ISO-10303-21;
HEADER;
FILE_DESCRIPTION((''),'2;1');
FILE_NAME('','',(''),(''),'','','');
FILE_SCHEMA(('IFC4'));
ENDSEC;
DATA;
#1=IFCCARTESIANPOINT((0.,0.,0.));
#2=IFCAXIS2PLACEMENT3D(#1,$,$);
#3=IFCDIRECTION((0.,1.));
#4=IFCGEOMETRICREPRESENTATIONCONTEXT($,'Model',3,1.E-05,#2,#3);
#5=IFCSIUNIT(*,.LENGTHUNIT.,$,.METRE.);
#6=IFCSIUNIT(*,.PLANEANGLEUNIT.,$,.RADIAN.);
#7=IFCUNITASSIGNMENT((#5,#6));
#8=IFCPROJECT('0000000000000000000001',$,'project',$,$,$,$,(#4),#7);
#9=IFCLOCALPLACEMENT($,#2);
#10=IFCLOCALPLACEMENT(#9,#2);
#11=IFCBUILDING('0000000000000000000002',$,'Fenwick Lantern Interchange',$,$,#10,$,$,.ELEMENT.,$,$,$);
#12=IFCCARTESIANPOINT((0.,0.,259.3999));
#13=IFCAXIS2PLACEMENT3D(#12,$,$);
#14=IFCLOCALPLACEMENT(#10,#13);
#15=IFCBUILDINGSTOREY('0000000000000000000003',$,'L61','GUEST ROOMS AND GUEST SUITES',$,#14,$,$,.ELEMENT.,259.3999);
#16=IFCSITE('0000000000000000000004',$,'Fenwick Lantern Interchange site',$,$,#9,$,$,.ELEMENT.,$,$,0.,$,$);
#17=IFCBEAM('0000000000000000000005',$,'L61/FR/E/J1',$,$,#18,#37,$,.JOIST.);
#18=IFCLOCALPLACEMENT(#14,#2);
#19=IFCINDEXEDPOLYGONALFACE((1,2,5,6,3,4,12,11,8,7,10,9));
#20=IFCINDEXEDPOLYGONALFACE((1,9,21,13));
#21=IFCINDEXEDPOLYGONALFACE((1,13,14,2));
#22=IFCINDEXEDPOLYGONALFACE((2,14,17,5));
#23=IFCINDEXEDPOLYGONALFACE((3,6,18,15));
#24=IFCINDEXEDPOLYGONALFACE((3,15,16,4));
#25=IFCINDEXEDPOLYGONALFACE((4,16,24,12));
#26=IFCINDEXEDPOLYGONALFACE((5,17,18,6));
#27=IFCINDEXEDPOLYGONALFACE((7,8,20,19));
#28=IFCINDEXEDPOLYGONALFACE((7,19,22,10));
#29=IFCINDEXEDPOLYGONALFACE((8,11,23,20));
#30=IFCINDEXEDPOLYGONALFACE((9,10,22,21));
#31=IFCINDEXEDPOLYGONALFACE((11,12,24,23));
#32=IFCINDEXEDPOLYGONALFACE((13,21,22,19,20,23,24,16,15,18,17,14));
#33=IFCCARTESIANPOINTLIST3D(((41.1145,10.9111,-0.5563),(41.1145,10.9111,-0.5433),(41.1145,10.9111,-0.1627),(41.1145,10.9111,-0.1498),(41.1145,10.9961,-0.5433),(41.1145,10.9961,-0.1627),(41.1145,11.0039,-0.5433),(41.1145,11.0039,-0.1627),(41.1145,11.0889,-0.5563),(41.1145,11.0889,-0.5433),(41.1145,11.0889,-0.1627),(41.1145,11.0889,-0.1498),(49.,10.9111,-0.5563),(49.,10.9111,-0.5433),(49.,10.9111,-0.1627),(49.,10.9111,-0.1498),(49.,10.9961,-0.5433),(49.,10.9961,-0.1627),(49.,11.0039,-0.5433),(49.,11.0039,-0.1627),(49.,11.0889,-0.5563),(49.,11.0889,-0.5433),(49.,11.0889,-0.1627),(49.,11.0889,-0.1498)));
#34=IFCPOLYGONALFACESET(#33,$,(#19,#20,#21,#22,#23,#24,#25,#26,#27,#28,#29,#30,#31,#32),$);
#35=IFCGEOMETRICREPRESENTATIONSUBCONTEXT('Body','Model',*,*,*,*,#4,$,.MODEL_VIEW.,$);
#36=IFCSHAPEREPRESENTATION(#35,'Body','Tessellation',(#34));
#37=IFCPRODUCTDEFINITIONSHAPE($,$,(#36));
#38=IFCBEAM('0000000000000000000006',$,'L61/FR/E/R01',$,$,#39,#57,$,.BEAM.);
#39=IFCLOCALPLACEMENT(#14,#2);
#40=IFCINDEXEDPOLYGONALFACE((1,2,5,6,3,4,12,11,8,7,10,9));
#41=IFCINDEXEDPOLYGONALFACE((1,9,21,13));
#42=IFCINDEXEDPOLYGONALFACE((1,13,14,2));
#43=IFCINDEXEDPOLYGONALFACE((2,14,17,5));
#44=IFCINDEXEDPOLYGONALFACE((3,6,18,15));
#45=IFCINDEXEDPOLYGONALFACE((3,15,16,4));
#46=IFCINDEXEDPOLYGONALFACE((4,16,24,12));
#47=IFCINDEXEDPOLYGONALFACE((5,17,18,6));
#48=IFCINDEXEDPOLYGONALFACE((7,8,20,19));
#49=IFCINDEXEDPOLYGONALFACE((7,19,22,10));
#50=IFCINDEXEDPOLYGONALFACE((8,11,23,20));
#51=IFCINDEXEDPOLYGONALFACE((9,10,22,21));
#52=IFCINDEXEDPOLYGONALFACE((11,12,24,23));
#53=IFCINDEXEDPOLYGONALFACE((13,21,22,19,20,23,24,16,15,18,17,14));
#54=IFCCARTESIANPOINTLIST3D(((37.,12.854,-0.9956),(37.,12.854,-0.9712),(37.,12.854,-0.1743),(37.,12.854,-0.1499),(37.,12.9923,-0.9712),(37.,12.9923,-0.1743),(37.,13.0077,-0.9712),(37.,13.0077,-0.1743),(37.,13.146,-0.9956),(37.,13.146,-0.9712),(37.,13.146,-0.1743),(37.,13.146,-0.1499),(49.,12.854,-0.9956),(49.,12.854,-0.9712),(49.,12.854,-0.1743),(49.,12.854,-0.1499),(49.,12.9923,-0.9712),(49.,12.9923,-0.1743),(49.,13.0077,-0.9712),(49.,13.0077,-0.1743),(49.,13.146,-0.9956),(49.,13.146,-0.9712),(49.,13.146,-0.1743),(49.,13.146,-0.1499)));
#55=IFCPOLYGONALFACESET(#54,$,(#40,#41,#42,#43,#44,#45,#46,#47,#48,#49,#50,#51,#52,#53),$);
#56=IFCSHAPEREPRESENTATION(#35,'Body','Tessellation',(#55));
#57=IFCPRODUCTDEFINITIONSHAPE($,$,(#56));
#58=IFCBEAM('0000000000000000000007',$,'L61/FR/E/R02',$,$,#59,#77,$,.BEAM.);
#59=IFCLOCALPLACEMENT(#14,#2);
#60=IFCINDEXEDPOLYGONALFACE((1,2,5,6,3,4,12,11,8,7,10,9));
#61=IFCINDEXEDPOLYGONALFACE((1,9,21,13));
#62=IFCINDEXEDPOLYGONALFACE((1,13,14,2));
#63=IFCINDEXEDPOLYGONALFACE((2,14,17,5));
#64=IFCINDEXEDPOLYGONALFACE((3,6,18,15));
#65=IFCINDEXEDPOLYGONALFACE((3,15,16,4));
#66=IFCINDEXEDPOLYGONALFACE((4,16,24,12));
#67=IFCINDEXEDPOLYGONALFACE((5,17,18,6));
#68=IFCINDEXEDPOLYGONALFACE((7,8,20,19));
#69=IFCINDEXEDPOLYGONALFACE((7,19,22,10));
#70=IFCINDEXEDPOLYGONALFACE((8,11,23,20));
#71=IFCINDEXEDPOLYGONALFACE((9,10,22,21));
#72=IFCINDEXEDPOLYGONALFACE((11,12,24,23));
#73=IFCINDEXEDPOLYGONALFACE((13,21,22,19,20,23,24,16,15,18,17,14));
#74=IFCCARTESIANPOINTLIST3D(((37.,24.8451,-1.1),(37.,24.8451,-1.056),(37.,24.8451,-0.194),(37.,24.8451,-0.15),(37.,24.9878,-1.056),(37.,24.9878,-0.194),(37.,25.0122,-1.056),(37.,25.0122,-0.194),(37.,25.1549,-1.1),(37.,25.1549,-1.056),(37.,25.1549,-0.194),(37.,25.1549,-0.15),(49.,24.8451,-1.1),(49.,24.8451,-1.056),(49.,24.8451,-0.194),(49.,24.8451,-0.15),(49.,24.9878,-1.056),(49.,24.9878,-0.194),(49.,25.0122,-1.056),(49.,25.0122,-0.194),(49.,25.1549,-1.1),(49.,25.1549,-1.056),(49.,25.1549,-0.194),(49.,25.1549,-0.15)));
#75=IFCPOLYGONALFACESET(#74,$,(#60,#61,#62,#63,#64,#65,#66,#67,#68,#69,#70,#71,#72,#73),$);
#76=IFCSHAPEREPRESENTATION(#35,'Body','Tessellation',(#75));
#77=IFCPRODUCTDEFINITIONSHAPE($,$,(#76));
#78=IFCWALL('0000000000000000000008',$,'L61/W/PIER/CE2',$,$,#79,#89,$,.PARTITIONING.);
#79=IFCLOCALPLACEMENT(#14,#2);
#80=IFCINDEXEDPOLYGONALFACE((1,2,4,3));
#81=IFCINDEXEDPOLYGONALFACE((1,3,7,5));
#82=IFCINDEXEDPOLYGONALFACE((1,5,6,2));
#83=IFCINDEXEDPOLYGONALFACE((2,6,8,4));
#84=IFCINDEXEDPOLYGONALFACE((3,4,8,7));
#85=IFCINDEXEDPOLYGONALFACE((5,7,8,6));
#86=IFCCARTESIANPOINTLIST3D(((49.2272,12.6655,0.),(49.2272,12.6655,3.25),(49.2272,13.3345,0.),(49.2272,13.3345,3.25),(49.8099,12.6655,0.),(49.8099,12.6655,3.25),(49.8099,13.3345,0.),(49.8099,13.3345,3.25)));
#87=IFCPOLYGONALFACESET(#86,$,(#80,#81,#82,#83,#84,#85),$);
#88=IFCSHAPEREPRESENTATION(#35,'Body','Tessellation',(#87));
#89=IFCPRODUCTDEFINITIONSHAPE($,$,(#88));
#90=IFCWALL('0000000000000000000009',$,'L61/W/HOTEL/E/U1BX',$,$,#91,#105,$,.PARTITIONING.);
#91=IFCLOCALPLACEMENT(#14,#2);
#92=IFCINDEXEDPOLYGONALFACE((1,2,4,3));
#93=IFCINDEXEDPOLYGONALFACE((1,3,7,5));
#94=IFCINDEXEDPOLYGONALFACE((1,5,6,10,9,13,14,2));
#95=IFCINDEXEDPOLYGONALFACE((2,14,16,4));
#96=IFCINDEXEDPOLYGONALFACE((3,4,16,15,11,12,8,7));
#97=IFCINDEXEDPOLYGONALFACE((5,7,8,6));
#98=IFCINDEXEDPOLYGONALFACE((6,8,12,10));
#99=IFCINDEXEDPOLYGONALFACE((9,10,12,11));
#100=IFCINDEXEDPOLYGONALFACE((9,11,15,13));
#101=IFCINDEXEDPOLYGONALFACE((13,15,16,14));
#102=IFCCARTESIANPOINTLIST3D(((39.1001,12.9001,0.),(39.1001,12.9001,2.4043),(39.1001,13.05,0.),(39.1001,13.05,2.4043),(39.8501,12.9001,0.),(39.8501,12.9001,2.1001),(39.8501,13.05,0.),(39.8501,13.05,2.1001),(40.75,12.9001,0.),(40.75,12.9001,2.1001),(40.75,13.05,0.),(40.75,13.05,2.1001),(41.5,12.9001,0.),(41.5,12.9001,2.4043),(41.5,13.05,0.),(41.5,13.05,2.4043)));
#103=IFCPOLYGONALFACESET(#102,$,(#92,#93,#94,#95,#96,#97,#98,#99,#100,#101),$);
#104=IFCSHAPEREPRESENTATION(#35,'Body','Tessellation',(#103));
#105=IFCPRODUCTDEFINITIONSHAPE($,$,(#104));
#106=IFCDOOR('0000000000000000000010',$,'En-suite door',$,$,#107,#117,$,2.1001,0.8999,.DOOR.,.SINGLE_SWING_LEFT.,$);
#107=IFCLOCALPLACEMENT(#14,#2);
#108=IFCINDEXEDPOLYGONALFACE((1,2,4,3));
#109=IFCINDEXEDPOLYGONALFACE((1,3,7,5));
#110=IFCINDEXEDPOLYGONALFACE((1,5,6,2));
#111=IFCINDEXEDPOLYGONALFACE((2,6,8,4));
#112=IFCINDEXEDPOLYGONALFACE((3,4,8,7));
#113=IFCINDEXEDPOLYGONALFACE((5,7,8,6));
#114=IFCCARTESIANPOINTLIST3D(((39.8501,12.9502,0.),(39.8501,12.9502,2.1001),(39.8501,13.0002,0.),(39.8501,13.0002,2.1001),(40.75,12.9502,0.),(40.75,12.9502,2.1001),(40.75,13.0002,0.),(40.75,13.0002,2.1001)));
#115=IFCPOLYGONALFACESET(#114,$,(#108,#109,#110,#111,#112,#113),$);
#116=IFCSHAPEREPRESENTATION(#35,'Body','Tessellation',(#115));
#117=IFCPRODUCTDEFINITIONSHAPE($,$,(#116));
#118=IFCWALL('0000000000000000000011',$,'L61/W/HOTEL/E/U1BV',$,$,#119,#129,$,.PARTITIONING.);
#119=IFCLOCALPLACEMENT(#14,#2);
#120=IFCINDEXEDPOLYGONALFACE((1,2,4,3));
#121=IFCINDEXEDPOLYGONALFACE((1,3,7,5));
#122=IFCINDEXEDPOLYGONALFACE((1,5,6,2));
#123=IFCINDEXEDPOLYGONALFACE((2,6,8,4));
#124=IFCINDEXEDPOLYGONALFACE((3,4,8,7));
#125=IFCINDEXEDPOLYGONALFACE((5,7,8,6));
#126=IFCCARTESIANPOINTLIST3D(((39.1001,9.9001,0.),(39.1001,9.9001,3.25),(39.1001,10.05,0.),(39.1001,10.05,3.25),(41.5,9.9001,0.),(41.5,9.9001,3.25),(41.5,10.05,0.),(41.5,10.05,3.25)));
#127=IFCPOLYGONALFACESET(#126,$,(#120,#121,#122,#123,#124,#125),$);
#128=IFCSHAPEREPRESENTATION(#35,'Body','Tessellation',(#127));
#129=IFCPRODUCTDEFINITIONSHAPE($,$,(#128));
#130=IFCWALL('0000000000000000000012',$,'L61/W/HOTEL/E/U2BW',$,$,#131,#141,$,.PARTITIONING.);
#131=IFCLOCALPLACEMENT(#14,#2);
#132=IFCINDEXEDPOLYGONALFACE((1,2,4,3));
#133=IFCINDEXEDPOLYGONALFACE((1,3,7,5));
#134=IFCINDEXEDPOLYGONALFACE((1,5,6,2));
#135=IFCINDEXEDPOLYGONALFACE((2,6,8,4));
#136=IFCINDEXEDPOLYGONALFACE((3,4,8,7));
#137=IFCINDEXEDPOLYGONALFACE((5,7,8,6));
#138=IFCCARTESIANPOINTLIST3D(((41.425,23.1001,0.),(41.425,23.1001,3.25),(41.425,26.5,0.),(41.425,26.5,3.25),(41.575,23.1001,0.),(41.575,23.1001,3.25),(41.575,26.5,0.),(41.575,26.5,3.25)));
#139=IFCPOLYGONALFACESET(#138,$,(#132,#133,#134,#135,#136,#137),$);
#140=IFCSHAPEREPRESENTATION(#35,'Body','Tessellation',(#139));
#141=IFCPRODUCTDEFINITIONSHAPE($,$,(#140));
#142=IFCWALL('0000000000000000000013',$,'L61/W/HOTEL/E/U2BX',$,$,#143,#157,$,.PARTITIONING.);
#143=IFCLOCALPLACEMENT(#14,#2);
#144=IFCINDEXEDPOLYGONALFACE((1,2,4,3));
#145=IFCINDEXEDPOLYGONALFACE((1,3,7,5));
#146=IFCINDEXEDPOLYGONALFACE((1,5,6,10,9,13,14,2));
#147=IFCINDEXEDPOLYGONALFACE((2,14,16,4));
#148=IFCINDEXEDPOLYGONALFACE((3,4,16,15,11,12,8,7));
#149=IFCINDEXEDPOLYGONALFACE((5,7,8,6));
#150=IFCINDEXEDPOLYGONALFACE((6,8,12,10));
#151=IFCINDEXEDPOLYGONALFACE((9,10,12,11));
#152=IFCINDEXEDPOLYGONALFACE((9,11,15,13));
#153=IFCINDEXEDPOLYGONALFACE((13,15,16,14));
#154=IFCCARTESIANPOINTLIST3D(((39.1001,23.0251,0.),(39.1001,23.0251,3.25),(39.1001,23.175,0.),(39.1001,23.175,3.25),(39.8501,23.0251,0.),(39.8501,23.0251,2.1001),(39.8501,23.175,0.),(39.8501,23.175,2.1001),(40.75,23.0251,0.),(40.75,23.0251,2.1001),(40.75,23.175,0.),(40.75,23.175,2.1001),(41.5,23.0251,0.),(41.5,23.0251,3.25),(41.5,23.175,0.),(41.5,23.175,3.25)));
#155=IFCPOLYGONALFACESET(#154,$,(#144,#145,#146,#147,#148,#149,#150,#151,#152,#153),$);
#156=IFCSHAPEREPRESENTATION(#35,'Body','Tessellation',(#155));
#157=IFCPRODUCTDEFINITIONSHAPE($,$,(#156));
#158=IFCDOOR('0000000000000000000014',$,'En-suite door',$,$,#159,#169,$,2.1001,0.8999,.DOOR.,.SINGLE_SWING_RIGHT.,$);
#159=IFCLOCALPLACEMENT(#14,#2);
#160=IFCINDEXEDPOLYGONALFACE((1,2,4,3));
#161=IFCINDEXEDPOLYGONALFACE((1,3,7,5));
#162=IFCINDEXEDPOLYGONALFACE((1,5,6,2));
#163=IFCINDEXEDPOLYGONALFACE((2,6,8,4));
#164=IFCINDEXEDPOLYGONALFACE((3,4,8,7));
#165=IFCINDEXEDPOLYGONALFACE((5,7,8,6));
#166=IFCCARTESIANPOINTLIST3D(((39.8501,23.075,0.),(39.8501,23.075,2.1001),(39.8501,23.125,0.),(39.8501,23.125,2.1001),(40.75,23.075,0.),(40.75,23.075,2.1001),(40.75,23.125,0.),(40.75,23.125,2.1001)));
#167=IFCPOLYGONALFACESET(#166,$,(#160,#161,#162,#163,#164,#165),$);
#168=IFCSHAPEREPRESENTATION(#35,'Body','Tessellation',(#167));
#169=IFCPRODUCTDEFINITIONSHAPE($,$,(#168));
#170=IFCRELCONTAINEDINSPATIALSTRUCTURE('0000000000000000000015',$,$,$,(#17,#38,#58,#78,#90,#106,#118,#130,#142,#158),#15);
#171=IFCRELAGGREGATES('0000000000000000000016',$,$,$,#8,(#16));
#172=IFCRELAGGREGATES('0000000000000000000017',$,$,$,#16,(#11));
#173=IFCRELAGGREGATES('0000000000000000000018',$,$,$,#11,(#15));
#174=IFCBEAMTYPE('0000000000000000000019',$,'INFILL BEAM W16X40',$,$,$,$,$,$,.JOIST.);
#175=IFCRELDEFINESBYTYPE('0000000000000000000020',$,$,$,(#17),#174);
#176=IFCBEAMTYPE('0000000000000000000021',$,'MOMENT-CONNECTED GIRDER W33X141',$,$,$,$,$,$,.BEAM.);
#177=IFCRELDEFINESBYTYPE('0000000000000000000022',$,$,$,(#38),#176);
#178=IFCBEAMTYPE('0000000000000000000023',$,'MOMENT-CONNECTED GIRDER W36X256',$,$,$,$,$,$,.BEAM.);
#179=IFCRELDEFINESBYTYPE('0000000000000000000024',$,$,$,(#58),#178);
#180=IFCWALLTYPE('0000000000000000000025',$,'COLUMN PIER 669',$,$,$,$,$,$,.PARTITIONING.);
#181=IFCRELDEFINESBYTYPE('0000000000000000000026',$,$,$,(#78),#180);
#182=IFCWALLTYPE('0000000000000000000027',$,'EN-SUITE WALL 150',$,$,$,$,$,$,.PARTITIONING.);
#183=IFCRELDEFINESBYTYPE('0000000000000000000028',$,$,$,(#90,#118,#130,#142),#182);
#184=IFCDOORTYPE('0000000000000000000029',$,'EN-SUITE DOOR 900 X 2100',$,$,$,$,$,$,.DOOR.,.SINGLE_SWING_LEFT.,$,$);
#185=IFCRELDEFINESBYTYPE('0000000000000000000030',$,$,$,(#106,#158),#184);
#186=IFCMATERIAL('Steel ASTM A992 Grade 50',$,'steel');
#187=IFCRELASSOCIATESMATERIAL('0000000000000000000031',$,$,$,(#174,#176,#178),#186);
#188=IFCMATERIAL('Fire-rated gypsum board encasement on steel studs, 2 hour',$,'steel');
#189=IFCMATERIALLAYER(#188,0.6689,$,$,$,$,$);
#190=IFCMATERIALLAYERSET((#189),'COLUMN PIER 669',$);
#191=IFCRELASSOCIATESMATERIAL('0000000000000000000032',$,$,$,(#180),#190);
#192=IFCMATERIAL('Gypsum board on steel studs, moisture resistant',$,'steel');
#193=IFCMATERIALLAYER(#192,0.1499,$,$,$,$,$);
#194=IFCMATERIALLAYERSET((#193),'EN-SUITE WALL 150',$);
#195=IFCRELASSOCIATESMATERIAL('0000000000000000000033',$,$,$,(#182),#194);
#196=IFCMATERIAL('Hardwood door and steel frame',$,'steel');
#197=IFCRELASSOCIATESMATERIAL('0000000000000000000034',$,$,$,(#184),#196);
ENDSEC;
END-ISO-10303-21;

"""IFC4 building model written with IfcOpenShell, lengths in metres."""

from ifc_helpers import new_model, si_unit, direction, frame, frame_2d, origin, origin_2d, place, context, subcontext, project, spatial, rectangle, i_section, extrude, material, layer, layer_set, material_profile, profile_set, type_object, element, fill, save


model = new_model("IFC4")

# Units and contexts
model_context = context("Model", 3, precision=1e-05, world=origin(), true_north=direction((0.0, 1.0)))
body_context = subcontext(model_context, "Body", "Model", "MODEL_VIEW")
ifc_project = project(units=[si_unit("LENGTHUNIT", "METRE"), si_unit("PLANEANGLEUNIT", "RADIAN")], contexts=[model_context])

# Site, building, storey
site_placement = place(None, origin())
site = spatial("IfcSite", under=ifc_project, at=site_placement, Name="Fenwick Lantern Interchange site", CompositionType="ELEMENT", RefElevation=0.0)
building_placement = place(site_placement, origin())
building = spatial("IfcBuilding", under=site, at=building_placement, Name="Fenwick Lantern Interchange", CompositionType="ELEMENT")
storey_placement = place(building_placement, frame((0.0, 0.0, 259.3999)))
storey = spatial("IfcBuildingStorey", under=building, at=storey_placement, Name="L61", Description="GUEST ROOMS AND GUEST SUITES", CompositionType="ELEMENT", Elevation=259.3999)

# Shared definitions
ifc_material_1 = material(Name="Steel ASTM A992 Grade 50", Category="steel")

# Beams
ifc_material_profile_1 = material_profile(ifc_material_1, i_section(OverallWidth=0.1777, OverallDepth=0.4065, WebThickness=0.0078, FlangeThickness=0.0129, at=origin_2d()), Name="W16X40")
ifc_profile_set_1 = profile_set([ifc_material_profile_1], Name="Steel ASTM A992 Grade 50")
beam_type_1 = type_object("IfcBeamType", Name="INFILL BEAM W16X40", PredefinedType="JOIST", material=ifc_profile_set_1)
beam_1_placement = place(storey_placement, frame((49.0, 11.0, -0.353), z_axis=(-1.0, 0.0, 0.0), x_axis=(0.0, -1.0, 0.0)))
element("IfcBeam", 1, at=beam_1_placement, inside=storey, type_object=beam_type_1, Name="L61/FR/E/J1", PredefinedType="JOIST", context=body_context, shape_type="SweptSolid", body=[
    extrude(i_section(OverallWidth=0.1777, OverallDepth=0.4065, WebThickness=0.0078, FlangeThickness=0.0129, at=origin_2d()), origin(), (0.0, 0.0, 1.0), 7.8855),
])
ifc_material_profile_2 = material_profile(ifc_material_1, i_section(OverallWidth=0.292, OverallDepth=0.8457, WebThickness=0.0154, FlangeThickness=0.0244, at=origin_2d()), Name="W33X141")
ifc_profile_set_2 = profile_set([ifc_material_profile_2], Name="Steel ASTM A992 Grade 50")
beam_type_2 = type_object("IfcBeamType", Name="MOMENT-CONNECTED GIRDER W33X141", PredefinedType="BEAM", material=ifc_profile_set_2)
beam_2_placement = place(storey_placement, frame((49.0, 13.0, -0.5728), z_axis=(-1.0, 0.0, 0.0), x_axis=(0.0, -1.0, 0.0)))
element("IfcBeam", 2, at=beam_2_placement, inside=storey, type_object=beam_type_2, Name="L61/FR/E/R01", PredefinedType="BEAM", context=body_context, shape_type="SweptSolid", body=[
    extrude(i_section(OverallWidth=0.292, OverallDepth=0.8457, WebThickness=0.0154, FlangeThickness=0.0244, at=origin_2d()), origin(), (0.0, 0.0, 1.0), 12.0),
])
ifc_material_profile_3 = material_profile(ifc_material_1, i_section(OverallWidth=0.3098, OverallDepth=0.95, WebThickness=0.0244, FlangeThickness=0.0439, at=origin_2d()), Name="W36X256")
ifc_profile_set_3 = profile_set([ifc_material_profile_3], Name="Steel ASTM A992 Grade 50")
beam_type_3 = type_object("IfcBeamType", Name="MOMENT-CONNECTED GIRDER W36X256", PredefinedType="BEAM", material=ifc_profile_set_3)
beam_3_placement = place(storey_placement, frame((49.0, 25.0, -0.625), z_axis=(-1.0, 0.0, 0.0), x_axis=(0.0, -1.0, 0.0)))
element("IfcBeam", 3, at=beam_3_placement, inside=storey, type_object=beam_type_3, Name="L61/FR/E/R02", PredefinedType="BEAM", context=body_context, shape_type="SweptSolid", body=[
    extrude(i_section(OverallWidth=0.3098, OverallDepth=0.95, WebThickness=0.0244, FlangeThickness=0.0439, at=origin_2d()), origin(), (0.0, 0.0, 1.0), 12.0),
])

# Wall
ifc_material_2 = material(Name="Fire-rated gypsum board encasement on steel studs, 2 hour", Category="steel")
ifc_layer_1 = layer(ifc_material_2, 0.6689)
ifc_layer_set_1 = layer_set([ifc_layer_1], Name="COLUMN PIER 669")
wall_type_1 = type_object("IfcWallType", Name="COLUMN PIER 669", PredefinedType="PARTITIONING", material=ifc_layer_set_1)
wall_1_placement = place(storey_placement, frame((49.8101, 13.0, 0.0), z_axis=(0.0, 0.0, 1.0), x_axis=(-1.0, 0.0, 0.0)))
element("IfcWall", 4, at=wall_1_placement, inside=storey, type_object=wall_type_1, Name="L61/W/PIER/CE2", PredefinedType="PARTITIONING", context=body_context, shape_type="SweptSolid", body=[
    extrude(rectangle(XDim=0.5828, YDim=0.6689, at=frame_2d((0.2915, 0.0))), origin(), (0.0, 0.0, 1.0), 3.25),
])

# Wall, opening, door
ifc_material_3 = material(Name="Gypsum board on steel studs, moisture resistant", Category="steel")
ifc_layer_2 = layer(ifc_material_3, 0.1499)
ifc_layer_set_2 = layer_set([ifc_layer_2], Name="EN-SUITE WALL 150")
wall_type_2 = type_object("IfcWallType", Name="EN-SUITE WALL 150", PredefinedType="PARTITIONING", material=ifc_layer_set_2)
wall_2_placement = place(storey_placement, frame((41.5, 12.9751, 0.0), z_axis=(0.0, 0.0, 1.0), x_axis=(-1.0, 0.0, 0.0)))
wall_2 = element("IfcWall", 5, at=wall_2_placement, inside=storey, type_object=wall_type_2, Name="L61/W/HOTEL/E/U1BX", PredefinedType="PARTITIONING", context=body_context, shape_type="SweptSolid", body=[
    extrude(rectangle(XDim=2.3999, YDim=0.1499, at=frame_2d((1.2, 0.0))), origin(), (0.0, 0.0, 1.0), 2.4043),
])
opening_1_placement = place(wall_2_placement, frame((0.75, 0.0, 0.0)))
opening_1 = element("IfcOpeningElement", 6, at=opening_1_placement, cuts=wall_2, PredefinedType="OPENING", context=body_context, shape_type="SweptSolid", body=[
    extrude(rectangle(XDim=0.8999, YDim=2.1001, at=frame_2d((0.45, 1.05))), frame((0.0, 0.085, 0.0), z_axis=(0.0, -1.0, 0.0), x_axis=(1.0, 0.0, 0.0)), (0.0, 0.0, 1.0), 0.1699),
])
ifc_material_4 = material(Name="Hardwood door and steel frame", Category="steel")
door_type = type_object("IfcDoorType", Name="EN-SUITE DOOR 900 X 2100", OperationType="SINGLE_SWING_LEFT", PredefinedType="DOOR", material=ifc_material_4)
door_1_placement = place(opening_1_placement, origin())
door_1 = element("IfcDoor", 7, at=door_1_placement, inside=storey, type_object=door_type, Name="En-suite door", OperationType="SINGLE_SWING_LEFT", OverallHeight=2.1001, OverallWidth=0.8999, PredefinedType="DOOR", context=body_context, shape_type="SweptSolid", body=[
    extrude(rectangle(XDim=0.8999, YDim=2.1001, at=frame_2d((0.45, 1.05))), frame((0.0, 0.0249, 0.0), z_axis=(0.0, -1.0, 0.0), x_axis=(1.0, 0.0, 0.0)), (0.0, 0.0, 1.0), 0.05),
])
fill(opening_1, door_1)

# Walls
wall_3_placement = place(storey_placement, frame((41.5, 9.9751, 0.0), z_axis=(0.0, 0.0, 1.0), x_axis=(-1.0, 0.0, 0.0)))
element("IfcWall", 8, at=wall_3_placement, inside=storey, type_object=wall_type_2, Name="L61/W/HOTEL/E/U1BV", PredefinedType="PARTITIONING", context=body_context, shape_type="SweptSolid", body=[
    extrude(rectangle(XDim=2.3999, YDim=0.1499, at=frame_2d((1.2, 0.0))), origin(), (0.0, 0.0, 1.0), 3.25),
])
wall_4_placement = place(storey_placement, frame((41.5, 23.1001, 0.0), z_axis=(0.0, 0.0, 1.0), x_axis=(0.0, 1.0, 0.0)))
element("IfcWall", 9, at=wall_4_placement, inside=storey, type_object=wall_type_2, Name="L61/W/HOTEL/E/U2BW", PredefinedType="PARTITIONING", context=body_context, shape_type="SweptSolid", body=[
    extrude(rectangle(XDim=3.3999, YDim=0.1499, at=frame_2d((1.7, 0.0))), origin(), (0.0, 0.0, 1.0), 3.25),
])

# Wall, opening, door
wall_5_placement = place(storey_placement, frame((41.5, 23.1001, 0.0), z_axis=(0.0, 0.0, 1.0), x_axis=(-1.0, 0.0, 0.0)))
wall_5 = element("IfcWall", 10, at=wall_5_placement, inside=storey, type_object=wall_type_2, Name="L61/W/HOTEL/E/U2BX", PredefinedType="PARTITIONING", context=body_context, shape_type="SweptSolid", body=[
    extrude(rectangle(XDim=2.3999, YDim=0.1499, at=frame_2d((1.2, 0.0))), origin(), (0.0, 0.0, 1.0), 3.25),
])
opening_2_placement = place(wall_5_placement, frame((0.75, 0.0, 0.0)))
opening_2 = element("IfcOpeningElement", 11, at=opening_2_placement, cuts=wall_5, PredefinedType="OPENING", context=body_context, shape_type="SweptSolid", body=[
    extrude(rectangle(XDim=0.8999, YDim=2.1001, at=frame_2d((0.45, 1.05))), frame((0.0, 0.085, 0.0), z_axis=(0.0, -1.0, 0.0), x_axis=(1.0, 0.0, 0.0)), (0.0, 0.0, 1.0), 0.1699),
])
door_2_placement = place(opening_2_placement, frame((0.8999, 0.0, 0.0), z_axis=(0.0, 0.0, 1.0), x_axis=(-1.0, 0.0, 0.0)))
door_2 = element("IfcDoor", 12, at=door_2_placement, inside=storey, type_object=door_type, Name="En-suite door", OperationType="SINGLE_SWING_RIGHT", OverallHeight=2.1001, OverallWidth=0.8999, PredefinedType="DOOR", context=body_context, shape_type="SweptSolid", body=[
    extrude(rectangle(XDim=0.8999, YDim=2.1001, at=frame_2d((0.45, 1.05))), frame((0.0, 0.0249, 0.0), z_axis=(0.0, -1.0, 0.0), x_axis=(1.0, 0.0, 0.0)), (0.0, 0.0, 1.0), 0.05),
])
fill(opening_2, door_2)

save(model, "model.ifc")
